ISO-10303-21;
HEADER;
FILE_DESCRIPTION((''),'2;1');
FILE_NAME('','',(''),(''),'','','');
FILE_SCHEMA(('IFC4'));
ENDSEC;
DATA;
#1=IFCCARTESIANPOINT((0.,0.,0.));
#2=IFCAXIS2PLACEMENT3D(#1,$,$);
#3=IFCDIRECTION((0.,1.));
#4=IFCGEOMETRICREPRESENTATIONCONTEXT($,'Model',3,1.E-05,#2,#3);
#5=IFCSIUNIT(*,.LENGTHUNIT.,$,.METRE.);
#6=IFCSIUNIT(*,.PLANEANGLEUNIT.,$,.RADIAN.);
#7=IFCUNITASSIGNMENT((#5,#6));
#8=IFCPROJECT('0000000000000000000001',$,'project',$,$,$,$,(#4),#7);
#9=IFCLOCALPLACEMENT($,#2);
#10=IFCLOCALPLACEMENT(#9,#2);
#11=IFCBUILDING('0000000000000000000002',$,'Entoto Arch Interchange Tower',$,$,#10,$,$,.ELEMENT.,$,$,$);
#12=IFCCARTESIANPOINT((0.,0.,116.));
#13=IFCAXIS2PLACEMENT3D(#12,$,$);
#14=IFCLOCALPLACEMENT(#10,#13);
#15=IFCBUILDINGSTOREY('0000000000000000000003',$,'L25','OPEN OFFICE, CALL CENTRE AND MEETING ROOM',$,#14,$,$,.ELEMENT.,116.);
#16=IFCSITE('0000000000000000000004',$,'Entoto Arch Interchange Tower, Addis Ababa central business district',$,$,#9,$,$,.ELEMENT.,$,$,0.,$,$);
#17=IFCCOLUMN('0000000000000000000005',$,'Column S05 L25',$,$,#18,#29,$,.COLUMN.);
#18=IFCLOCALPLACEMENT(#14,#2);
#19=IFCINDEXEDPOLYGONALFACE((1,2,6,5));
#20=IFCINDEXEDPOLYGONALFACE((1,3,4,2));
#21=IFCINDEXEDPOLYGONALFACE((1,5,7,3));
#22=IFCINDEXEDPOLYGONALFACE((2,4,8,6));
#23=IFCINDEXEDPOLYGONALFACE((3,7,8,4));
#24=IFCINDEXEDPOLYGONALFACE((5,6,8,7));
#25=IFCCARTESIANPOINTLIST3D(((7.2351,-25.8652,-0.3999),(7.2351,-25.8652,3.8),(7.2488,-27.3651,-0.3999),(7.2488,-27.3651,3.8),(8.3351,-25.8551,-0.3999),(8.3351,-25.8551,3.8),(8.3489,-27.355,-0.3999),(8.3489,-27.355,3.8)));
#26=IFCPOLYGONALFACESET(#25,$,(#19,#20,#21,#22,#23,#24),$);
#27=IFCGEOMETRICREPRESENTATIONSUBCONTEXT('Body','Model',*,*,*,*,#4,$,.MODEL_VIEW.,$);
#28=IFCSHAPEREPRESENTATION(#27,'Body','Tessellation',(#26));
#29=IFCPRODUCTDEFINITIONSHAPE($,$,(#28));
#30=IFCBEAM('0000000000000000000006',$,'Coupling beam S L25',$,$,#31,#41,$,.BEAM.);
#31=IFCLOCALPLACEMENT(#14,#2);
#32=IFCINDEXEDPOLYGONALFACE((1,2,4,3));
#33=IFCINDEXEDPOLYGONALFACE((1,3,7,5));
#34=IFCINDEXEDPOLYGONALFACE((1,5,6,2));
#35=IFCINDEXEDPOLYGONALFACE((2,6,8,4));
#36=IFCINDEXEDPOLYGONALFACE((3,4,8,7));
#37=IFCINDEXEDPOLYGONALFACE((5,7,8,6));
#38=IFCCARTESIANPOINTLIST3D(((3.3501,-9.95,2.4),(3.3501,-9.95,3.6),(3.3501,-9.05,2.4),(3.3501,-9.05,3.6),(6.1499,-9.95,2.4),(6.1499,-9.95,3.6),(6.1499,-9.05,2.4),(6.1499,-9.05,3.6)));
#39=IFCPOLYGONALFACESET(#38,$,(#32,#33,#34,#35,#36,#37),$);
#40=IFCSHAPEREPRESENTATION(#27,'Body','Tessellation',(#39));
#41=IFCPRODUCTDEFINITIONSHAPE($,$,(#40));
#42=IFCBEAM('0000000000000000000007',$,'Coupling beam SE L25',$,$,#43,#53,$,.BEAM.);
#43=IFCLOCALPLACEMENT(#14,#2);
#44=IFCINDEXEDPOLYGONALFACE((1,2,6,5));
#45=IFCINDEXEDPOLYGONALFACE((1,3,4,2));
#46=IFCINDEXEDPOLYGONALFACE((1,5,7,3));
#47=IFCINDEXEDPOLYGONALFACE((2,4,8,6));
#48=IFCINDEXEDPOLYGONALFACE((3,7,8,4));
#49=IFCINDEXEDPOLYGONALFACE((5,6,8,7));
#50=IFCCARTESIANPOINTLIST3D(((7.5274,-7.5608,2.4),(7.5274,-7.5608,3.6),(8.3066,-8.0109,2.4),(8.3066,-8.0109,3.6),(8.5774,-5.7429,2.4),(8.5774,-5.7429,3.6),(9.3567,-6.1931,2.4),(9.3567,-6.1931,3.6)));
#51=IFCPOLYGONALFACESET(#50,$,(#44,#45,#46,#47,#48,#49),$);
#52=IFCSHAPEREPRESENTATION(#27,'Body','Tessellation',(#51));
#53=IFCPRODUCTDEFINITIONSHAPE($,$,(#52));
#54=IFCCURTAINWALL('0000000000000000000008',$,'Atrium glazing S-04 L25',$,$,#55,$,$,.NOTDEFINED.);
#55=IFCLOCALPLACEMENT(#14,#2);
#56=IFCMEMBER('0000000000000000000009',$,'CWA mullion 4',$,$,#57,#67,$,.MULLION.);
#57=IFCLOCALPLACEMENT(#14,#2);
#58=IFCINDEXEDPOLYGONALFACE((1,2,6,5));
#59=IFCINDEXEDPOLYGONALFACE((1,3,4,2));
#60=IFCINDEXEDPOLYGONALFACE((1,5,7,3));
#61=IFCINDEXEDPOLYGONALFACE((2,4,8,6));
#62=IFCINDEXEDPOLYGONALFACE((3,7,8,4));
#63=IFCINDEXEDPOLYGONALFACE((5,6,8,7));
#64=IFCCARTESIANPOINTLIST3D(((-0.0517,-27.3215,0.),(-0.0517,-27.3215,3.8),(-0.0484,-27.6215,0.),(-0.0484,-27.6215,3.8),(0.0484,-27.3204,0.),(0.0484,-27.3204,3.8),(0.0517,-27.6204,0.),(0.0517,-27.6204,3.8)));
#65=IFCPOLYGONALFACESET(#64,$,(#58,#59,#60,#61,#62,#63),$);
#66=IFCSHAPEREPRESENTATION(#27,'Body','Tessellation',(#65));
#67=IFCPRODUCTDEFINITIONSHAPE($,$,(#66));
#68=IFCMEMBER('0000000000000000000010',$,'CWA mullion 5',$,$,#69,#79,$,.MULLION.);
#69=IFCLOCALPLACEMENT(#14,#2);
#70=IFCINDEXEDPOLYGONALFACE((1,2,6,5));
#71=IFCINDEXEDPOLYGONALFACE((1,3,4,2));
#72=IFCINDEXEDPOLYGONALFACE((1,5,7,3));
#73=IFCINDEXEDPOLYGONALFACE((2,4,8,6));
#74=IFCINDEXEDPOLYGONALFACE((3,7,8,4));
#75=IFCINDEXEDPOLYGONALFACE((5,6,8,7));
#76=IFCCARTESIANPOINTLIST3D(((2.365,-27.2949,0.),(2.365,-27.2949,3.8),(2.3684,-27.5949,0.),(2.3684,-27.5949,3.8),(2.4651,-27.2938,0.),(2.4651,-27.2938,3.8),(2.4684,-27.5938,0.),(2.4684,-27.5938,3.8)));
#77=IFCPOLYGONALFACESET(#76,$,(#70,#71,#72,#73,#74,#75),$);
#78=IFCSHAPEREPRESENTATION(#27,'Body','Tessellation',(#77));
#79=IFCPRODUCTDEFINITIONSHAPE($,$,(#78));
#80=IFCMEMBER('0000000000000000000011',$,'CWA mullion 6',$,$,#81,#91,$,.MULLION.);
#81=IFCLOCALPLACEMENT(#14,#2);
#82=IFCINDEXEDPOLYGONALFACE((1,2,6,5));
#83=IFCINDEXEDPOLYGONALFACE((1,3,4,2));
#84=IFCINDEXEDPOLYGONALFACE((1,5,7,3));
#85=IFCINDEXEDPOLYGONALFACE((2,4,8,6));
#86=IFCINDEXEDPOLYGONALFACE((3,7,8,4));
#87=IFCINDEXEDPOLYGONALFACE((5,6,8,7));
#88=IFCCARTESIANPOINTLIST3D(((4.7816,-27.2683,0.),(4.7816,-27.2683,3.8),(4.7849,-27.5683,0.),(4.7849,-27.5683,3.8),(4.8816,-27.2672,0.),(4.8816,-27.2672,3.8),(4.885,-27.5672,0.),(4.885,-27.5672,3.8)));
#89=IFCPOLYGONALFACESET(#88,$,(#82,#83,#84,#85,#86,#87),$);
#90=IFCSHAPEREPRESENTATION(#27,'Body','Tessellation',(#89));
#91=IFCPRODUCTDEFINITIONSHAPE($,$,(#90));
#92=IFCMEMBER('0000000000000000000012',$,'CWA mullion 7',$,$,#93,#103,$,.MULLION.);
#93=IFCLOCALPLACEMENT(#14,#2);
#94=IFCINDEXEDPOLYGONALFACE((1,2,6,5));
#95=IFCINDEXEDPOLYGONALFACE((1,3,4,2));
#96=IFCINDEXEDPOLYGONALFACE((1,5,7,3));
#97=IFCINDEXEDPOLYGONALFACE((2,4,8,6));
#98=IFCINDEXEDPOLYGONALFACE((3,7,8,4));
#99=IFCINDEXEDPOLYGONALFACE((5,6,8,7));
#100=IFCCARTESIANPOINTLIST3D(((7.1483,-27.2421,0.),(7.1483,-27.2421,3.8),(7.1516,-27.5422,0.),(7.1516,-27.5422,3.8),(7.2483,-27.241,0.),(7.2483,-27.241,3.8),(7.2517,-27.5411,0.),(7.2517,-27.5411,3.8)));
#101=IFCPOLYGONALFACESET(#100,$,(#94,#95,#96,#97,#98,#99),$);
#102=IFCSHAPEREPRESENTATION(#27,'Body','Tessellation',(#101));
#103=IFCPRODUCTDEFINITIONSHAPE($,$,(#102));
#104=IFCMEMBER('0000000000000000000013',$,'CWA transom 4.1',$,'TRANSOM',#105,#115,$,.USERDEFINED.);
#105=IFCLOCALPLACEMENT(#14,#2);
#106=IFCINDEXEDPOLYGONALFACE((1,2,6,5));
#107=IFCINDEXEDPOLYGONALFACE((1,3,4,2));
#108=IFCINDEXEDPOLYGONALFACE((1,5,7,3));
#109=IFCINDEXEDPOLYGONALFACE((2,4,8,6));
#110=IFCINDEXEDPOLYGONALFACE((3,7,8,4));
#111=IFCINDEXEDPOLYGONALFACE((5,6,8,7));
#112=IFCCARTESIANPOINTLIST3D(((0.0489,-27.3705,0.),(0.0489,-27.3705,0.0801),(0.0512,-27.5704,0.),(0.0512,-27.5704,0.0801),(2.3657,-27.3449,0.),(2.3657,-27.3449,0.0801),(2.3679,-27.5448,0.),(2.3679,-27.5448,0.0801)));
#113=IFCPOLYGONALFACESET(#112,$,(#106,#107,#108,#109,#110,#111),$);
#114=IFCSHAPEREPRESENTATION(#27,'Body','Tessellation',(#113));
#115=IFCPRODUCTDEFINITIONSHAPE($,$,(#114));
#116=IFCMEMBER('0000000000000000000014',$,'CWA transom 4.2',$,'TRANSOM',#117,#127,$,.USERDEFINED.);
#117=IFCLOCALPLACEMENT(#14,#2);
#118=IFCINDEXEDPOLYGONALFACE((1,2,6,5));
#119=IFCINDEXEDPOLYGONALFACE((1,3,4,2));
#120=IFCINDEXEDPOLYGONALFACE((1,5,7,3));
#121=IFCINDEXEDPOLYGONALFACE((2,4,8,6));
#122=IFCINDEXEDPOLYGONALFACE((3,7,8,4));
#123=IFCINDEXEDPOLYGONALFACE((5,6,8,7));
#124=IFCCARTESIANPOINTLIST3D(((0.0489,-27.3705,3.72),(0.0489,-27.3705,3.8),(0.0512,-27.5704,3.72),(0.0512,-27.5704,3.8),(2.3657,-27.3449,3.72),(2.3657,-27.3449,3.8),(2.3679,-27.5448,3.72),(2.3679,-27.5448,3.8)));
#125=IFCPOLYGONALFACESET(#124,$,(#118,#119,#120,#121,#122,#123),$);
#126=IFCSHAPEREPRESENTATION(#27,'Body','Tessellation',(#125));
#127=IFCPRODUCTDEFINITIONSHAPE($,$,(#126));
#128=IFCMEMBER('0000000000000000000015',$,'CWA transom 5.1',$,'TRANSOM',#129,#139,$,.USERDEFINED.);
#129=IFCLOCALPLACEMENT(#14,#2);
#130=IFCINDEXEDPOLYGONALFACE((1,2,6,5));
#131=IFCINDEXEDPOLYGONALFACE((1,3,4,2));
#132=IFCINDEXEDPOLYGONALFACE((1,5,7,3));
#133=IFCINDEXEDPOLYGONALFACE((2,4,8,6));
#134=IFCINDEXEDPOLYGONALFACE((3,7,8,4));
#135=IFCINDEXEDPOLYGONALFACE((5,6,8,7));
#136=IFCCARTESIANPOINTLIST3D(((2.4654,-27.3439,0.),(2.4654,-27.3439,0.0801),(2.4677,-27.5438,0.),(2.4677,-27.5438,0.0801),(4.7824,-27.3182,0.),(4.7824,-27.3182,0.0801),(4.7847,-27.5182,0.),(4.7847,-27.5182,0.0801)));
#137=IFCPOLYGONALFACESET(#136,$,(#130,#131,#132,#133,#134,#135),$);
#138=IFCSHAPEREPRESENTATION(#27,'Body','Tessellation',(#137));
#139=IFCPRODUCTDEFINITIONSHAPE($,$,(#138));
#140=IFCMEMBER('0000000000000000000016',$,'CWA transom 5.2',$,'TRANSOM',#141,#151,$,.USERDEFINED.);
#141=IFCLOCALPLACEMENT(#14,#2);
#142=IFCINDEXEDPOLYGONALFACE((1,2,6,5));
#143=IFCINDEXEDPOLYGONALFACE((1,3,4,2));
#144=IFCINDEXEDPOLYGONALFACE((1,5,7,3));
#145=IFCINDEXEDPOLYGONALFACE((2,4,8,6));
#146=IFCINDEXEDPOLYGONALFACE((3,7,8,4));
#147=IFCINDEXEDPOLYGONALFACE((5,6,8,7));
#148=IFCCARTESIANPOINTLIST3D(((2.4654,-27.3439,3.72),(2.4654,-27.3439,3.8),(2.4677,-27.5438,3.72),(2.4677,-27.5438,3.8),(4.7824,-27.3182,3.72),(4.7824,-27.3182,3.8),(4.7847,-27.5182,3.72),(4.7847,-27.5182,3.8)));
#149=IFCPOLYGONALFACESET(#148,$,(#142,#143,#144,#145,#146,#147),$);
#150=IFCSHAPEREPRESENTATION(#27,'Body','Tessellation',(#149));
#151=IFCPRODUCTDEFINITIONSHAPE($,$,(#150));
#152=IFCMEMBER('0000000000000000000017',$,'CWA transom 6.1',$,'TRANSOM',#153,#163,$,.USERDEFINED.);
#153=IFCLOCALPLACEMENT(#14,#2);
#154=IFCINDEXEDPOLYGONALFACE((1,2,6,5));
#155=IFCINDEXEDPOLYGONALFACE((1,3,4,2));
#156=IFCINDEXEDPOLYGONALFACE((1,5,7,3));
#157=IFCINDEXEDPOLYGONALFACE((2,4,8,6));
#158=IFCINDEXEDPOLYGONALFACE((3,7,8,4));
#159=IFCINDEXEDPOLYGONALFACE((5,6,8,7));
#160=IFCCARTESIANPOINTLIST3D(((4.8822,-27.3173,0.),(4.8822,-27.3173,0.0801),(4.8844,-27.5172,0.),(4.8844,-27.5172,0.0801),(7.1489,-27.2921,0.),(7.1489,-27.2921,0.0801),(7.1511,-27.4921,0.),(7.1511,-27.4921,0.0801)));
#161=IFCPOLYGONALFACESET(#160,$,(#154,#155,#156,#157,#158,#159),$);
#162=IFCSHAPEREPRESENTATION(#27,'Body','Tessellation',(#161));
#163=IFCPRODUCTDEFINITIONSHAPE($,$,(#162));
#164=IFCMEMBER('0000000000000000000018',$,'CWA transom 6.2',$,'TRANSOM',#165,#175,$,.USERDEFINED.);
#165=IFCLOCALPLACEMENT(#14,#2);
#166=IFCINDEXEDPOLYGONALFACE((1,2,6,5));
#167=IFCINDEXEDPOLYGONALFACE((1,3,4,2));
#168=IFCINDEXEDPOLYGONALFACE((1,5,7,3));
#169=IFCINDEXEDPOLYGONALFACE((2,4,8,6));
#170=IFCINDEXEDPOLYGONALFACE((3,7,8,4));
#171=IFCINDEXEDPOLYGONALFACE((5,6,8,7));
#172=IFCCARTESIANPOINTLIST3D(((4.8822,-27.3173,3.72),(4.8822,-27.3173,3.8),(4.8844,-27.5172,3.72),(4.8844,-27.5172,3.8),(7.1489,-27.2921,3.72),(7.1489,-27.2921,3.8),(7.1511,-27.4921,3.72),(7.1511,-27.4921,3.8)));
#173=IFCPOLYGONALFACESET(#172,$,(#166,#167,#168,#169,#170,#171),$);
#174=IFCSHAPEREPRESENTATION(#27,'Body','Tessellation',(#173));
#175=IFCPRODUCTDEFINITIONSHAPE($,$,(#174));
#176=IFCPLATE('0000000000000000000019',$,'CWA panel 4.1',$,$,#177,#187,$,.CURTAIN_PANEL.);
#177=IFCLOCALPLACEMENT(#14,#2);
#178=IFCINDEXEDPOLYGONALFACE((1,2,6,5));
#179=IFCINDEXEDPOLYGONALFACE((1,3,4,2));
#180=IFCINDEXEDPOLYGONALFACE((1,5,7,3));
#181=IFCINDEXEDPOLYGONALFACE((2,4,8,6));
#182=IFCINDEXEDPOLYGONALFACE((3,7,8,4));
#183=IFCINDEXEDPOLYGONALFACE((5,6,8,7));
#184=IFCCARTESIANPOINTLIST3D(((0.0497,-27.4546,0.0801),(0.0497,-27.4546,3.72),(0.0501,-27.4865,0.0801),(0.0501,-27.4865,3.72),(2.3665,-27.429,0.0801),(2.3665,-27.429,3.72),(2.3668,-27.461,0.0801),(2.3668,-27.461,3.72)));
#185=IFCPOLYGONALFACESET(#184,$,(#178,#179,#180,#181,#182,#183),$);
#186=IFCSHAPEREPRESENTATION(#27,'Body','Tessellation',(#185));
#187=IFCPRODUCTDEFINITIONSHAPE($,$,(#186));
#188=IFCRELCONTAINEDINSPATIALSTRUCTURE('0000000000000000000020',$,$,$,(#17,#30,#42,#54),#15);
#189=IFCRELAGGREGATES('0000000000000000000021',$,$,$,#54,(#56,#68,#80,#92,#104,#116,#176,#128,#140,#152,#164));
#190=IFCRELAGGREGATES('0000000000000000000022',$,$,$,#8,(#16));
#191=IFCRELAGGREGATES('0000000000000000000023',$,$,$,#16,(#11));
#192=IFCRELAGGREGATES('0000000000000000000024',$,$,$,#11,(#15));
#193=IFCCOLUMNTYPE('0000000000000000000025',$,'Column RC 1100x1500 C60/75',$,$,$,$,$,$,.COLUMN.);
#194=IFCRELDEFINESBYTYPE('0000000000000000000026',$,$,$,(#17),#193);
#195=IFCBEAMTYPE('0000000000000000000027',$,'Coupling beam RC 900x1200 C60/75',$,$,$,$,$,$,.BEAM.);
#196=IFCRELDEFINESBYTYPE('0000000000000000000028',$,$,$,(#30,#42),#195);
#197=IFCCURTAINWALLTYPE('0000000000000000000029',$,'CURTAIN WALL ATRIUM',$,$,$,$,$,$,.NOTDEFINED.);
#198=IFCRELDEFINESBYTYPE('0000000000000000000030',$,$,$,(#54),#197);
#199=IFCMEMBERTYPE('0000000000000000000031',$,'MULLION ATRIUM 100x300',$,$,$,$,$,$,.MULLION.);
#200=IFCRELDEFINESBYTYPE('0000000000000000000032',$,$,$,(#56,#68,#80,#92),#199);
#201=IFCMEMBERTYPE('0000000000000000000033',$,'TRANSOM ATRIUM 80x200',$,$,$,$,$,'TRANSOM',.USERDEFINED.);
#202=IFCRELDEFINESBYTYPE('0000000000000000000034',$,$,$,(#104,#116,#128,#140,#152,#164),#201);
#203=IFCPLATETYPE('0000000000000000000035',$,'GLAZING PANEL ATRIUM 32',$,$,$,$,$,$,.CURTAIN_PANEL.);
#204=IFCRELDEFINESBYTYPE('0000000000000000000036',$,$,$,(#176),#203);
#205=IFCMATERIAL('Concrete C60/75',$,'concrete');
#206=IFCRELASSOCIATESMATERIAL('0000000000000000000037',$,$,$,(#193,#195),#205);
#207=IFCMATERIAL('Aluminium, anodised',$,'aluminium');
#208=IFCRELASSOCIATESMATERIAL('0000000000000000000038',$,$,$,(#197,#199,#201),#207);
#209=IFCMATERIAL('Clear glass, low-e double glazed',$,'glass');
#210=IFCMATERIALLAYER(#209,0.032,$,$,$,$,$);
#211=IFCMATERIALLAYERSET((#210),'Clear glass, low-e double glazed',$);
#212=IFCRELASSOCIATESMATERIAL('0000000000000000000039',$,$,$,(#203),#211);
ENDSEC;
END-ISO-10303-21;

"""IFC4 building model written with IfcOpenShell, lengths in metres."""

from ifc_helpers import new_model, si_unit, direction, frame, origin, origin_2d, place, context, subcontext, project, spatial, rectangle, extrude, material, layer, layer_set, material_profile, profile_set, type_object, element, aggregate, save


model = new_model("IFC4")

# Units and contexts
model_context = context("Model", 3, precision=1e-05, world=origin(), true_north=direction((0.0, 1.0)))
body_context = subcontext(model_context, "Body", "Model", "MODEL_VIEW")
ifc_project = project(units=[si_unit("LENGTHUNIT", "METRE"), si_unit("PLANEANGLEUNIT", "RADIAN")], contexts=[model_context])

# Site, building, storey
site_placement = place(None, origin())
site = spatial("IfcSite", under=ifc_project, at=site_placement, Name="Entoto Arch Interchange Tower, Addis Ababa central business district", CompositionType="ELEMENT", RefElevation=0.0)
building_placement = place(site_placement, origin())
building = spatial("IfcBuilding", under=site, at=building_placement, Name="Entoto Arch Interchange Tower", CompositionType="ELEMENT")
storey_placement = place(building_placement, frame((0.0, 0.0, 116.0)))
storey = spatial("IfcBuildingStorey", under=building, at=storey_placement, Name="L25", Description="OPEN OFFICE, CALL CENTRE AND MEETING ROOM", CompositionType="ELEMENT", Elevation=116.0)

# Column
ifc_material_1 = material(Name="Concrete C60/75", Category="concrete")
ifc_material_profile_1 = material_profile(ifc_material_1, rectangle(XDim=1.1001, YDim=1.5, at=origin_2d()))
ifc_profile_set_1 = profile_set([ifc_material_profile_1], Name="Concrete C60/75")
column_type = type_object("IfcColumnType", Name="Column RC 1100x1500 C60/75", PredefinedType="COLUMN", material=ifc_profile_set_1)
column_placement = place(storey_placement, frame((7.792, -26.6101, -0.3999), z_axis=(0.0, 0.0, 1.0), x_axis=(0.999958, 0.009163, 0.0)))
element("IfcColumn", 1, at=column_placement, inside=storey, type_object=column_type, Name="Column S05 L25", PredefinedType="COLUMN", context=body_context, shape_type="SweptSolid", body=[
    extrude(rectangle(XDim=1.1001, YDim=1.5, at=origin_2d()), origin(), (0.0, 0.0, 1.0), 4.2),
])

# Beams
ifc_material_profile_2 = material_profile(ifc_material_1, rectangle(XDim=0.8999, YDim=1.2, at=origin_2d()))
ifc_profile_set_2 = profile_set([ifc_material_profile_2], Name="Concrete C60/75")
beam_type = type_object("IfcBeamType", Name="Coupling beam RC 900x1200 C60/75", PredefinedType="BEAM", material=ifc_profile_set_2)
beam_1_placement = place(storey_placement, frame((3.3501, -9.5, 3.0), z_axis=(1.0, 0.0, 0.0), x_axis=(0.0, 1.0, 0.0)))
element("IfcBeam", 2, at=beam_1_placement, inside=storey, type_object=beam_type, Name="Coupling beam S L25", PredefinedType="BEAM", context=body_context, shape_type="SweptSolid", body=[
    extrude(rectangle(XDim=0.8999, YDim=1.2, at=origin_2d()), origin(), (0.0, 0.0, 1.0), 2.7998),
])
beam_2_placement = place(storey_placement, frame((7.917, -7.7859, 3.0), z_axis=(0.500179, 0.865922, 0.0), x_axis=(-0.865922, 0.500179, 0.0)))
element("IfcBeam", 3, at=beam_2_placement, inside=storey, type_object=beam_type, Name="Coupling beam SE L25", PredefinedType="BEAM", context=body_context, shape_type="SweptSolid", body=[
    extrude(rectangle(XDim=0.8999, YDim=1.2, at=origin_2d()), origin(), (0.0, 0.0, 1.0), 2.0994),
])

# Curtain wall, members, plate
ifc_material_2 = material(Name="Aluminium, anodised", Category="aluminium")
curtain_wall_type = type_object("IfcCurtainWallType", Name="CURTAIN WALL ATRIUM", PredefinedType="NOTDEFINED", material=ifc_material_2)
curtain_wall_placement = place(storey_placement, origin())
curtain_wall = element("IfcCurtainWall", 4, at=curtain_wall_placement, inside=storey, type_object=curtain_wall_type, Name="Atrium glazing S-04 L25", PredefinedType="NOTDEFINED")
ifc_material_profile_3 = material_profile(ifc_material_2, rectangle(XDim=0.3, YDim=0.1001, at=origin_2d()))
ifc_profile_set_3 = profile_set([ifc_material_profile_3], Name="Aluminium, anodised")
member_type_1 = type_object("IfcMemberType", Name="MULLION ATRIUM 100x300", PredefinedType="MULLION", material=ifc_profile_set_3)
member_1_placement = place(storey_placement, frame((0.0, -27.4709, 0.0), z_axis=(0.0, 0.0, 1.0), x_axis=(-0.011034, 0.999939, 0.0)))
member_1 = element("IfcMember", 5, at=member_1_placement, type_object=member_type_1, Name="CWA mullion 4", PredefinedType="MULLION", context=body_context, shape_type="SweptSolid", body=[
    extrude(rectangle(XDim=0.3, YDim=0.1001, at=origin_2d()), origin(), (0.0, 0.0, 1.0), 3.8),
])
member_2_placement = place(storey_placement, frame((2.4167, -27.4443, 0.0), z_axis=(0.0, 0.0, 1.0), x_axis=(-0.011034, 0.999939, 0.0)))
member_2 = element("IfcMember", 6, at=member_2_placement, type_object=member_type_1, Name="CWA mullion 5", PredefinedType="MULLION", context=body_context, shape_type="SweptSolid", body=[
    extrude(rectangle(XDim=0.3, YDim=0.1001, at=origin_2d()), origin(), (0.0, 0.0, 1.0), 3.8),
])
member_3_placement = place(storey_placement, frame((4.8333, -27.4177, 0.0), z_axis=(0.0, 0.0, 1.0), x_axis=(-0.011034, 0.999939, 0.0)))
member_3 = element("IfcMember", 7, at=member_3_placement, type_object=member_type_1, Name="CWA mullion 6", PredefinedType="MULLION", context=body_context, shape_type="SweptSolid", body=[
    extrude(rectangle(XDim=0.3, YDim=0.1001, at=origin_2d()), origin(), (0.0, 0.0, 1.0), 3.8),
])
member_4_placement = place(storey_placement, frame((7.2, -27.3916, 0.0), z_axis=(0.0, 0.0, 1.0), x_axis=(-0.011034, 0.999939, 0.0)))
member_4 = element("IfcMember", 8, at=member_4_placement, type_object=member_type_1, Name="CWA mullion 7", PredefinedType="MULLION", context=body_context, shape_type="SweptSolid", body=[
    extrude(rectangle(XDim=0.3, YDim=0.1001, at=origin_2d()), origin(), (0.0, 0.0, 1.0), 3.8),
])
ifc_material_profile_4 = material_profile(ifc_material_2, rectangle(XDim=0.2, YDim=0.0801, at=origin_2d()))
ifc_profile_set_4 = profile_set([ifc_material_profile_4], Name="Aluminium, anodised")
member_type_2 = type_object("IfcMemberType", Name="TRANSOM ATRIUM 80x200", ElementType="TRANSOM", PredefinedType="USERDEFINED", material=ifc_profile_set_4)
member_5_placement = place(storey_placement, frame((0.05, -27.4705, 0.04), z_axis=(0.999939, 0.011065, 0.0), x_axis=(-0.011065, 0.999939, 0.0)))
member_5 = element("IfcMember", 9, at=member_5_placement, type_object=member_type_2, Name="CWA transom 4.1", ObjectType="TRANSOM", PredefinedType="USERDEFINED", context=body_context, shape_type="SweptSolid", body=[
    extrude(rectangle(XDim=0.2, YDim=0.0801, at=origin_2d()), origin(), (0.0, 0.0, 1.0), 2.3169),
])
member_6_placement = place(storey_placement, frame((0.05, -27.4705, 3.76), z_axis=(0.999939, 0.011065, 0.0), x_axis=(-0.011065, 0.999939, 0.0)))
member_6 = element("IfcMember", 10, at=member_6_placement, type_object=member_type_2, Name="CWA transom 4.2", ObjectType="TRANSOM", PredefinedType="USERDEFINED", context=body_context, shape_type="SweptSolid", body=[
    extrude(rectangle(XDim=0.2, YDim=0.0801, at=origin_2d()), origin(), (0.0, 0.0, 1.0), 2.3169),
])
member_7_placement = place(storey_placement, frame((2.4666, -27.4438, 0.04), z_axis=(0.999939, 0.011064, 0.0), x_axis=(-0.011064, 0.999939, 0.0)))
member_7 = element("IfcMember", 11, at=member_7_placement, type_object=member_type_2, Name="CWA transom 5.1", ObjectType="TRANSOM", PredefinedType="USERDEFINED", context=body_context, shape_type="SweptSolid", body=[
    extrude(rectangle(XDim=0.2, YDim=0.0801, at=origin_2d()), origin(), (0.0, 0.0, 1.0), 2.3171),
])
member_8_placement = place(storey_placement, frame((2.4666, -27.4438, 3.76), z_axis=(0.999939, 0.011064, 0.0), x_axis=(-0.011064, 0.999939, 0.0)))
member_8 = element("IfcMember", 12, at=member_8_placement, type_object=member_type_2, Name="CWA transom 5.2", ObjectType="TRANSOM", PredefinedType="USERDEFINED", context=body_context, shape_type="SweptSolid", body=[
    extrude(rectangle(XDim=0.2, YDim=0.0801, at=origin_2d()), origin(), (0.0, 0.0, 1.0), 2.3171),
])
member_9_placement = place(storey_placement, frame((4.8833, -27.4172, 0.04), z_axis=(0.999938, 0.011094, 0.0), x_axis=(-0.011094, 0.999938, 0.0)))
member_9 = element("IfcMember", 13, at=member_9_placement, type_object=member_type_2, Name="CWA transom 6.1", ObjectType="TRANSOM", PredefinedType="USERDEFINED", context=body_context, shape_type="SweptSolid", body=[
    extrude(rectangle(XDim=0.2, YDim=0.0801, at=origin_2d()), origin(), (0.0, 0.0, 1.0), 2.2668),
])
member_10_placement = place(storey_placement, frame((4.8833, -27.4172, 3.76), z_axis=(0.999938, 0.011094, 0.0), x_axis=(-0.011094, 0.999938, 0.0)))
member_10 = element("IfcMember", 14, at=member_10_placement, type_object=member_type_2, Name="CWA transom 6.2", ObjectType="TRANSOM", PredefinedType="USERDEFINED", context=body_context, shape_type="SweptSolid", body=[
    extrude(rectangle(XDim=0.2, YDim=0.0801, at=origin_2d()), origin(), (0.0, 0.0, 1.0), 2.2668),
])
ifc_material_3 = material(Name="Clear glass, low-e double glazed", Category="glass")
ifc_layer_1 = layer(ifc_material_3, 0.032)
ifc_layer_set_1 = layer_set([ifc_layer_1], Name="Clear glass, low-e double glazed")
plate_type = type_object("IfcPlateType", Name="GLAZING PANEL ATRIUM 32", PredefinedType="CURTAIN_PANEL", material=ifc_layer_set_1)
plate_1_placement = place(storey_placement, frame((1.2083, -27.4578, 0.0801), z_axis=(0.0, 0.0, 1.0), x_axis=(0.999939, 0.011034, 0.0)))
plate_1 = element("IfcPlate", 15, at=plate_1_placement, type_object=plate_type, Name="CWA panel 4.1", PredefinedType="CURTAIN_PANEL", context=body_context, shape_type="SweptSolid", body=[
    extrude(rectangle(XDim=2.3169, YDim=0.032, at=origin_2d()), origin(), (0.0, 0.0, 1.0), 3.6399),
])
aggregate(curtain_wall, [member_1, member_2, member_3, member_4, member_5, member_6, plate_1, member_7, member_8, member_9, member_10])

save(model, "model.ifc")
